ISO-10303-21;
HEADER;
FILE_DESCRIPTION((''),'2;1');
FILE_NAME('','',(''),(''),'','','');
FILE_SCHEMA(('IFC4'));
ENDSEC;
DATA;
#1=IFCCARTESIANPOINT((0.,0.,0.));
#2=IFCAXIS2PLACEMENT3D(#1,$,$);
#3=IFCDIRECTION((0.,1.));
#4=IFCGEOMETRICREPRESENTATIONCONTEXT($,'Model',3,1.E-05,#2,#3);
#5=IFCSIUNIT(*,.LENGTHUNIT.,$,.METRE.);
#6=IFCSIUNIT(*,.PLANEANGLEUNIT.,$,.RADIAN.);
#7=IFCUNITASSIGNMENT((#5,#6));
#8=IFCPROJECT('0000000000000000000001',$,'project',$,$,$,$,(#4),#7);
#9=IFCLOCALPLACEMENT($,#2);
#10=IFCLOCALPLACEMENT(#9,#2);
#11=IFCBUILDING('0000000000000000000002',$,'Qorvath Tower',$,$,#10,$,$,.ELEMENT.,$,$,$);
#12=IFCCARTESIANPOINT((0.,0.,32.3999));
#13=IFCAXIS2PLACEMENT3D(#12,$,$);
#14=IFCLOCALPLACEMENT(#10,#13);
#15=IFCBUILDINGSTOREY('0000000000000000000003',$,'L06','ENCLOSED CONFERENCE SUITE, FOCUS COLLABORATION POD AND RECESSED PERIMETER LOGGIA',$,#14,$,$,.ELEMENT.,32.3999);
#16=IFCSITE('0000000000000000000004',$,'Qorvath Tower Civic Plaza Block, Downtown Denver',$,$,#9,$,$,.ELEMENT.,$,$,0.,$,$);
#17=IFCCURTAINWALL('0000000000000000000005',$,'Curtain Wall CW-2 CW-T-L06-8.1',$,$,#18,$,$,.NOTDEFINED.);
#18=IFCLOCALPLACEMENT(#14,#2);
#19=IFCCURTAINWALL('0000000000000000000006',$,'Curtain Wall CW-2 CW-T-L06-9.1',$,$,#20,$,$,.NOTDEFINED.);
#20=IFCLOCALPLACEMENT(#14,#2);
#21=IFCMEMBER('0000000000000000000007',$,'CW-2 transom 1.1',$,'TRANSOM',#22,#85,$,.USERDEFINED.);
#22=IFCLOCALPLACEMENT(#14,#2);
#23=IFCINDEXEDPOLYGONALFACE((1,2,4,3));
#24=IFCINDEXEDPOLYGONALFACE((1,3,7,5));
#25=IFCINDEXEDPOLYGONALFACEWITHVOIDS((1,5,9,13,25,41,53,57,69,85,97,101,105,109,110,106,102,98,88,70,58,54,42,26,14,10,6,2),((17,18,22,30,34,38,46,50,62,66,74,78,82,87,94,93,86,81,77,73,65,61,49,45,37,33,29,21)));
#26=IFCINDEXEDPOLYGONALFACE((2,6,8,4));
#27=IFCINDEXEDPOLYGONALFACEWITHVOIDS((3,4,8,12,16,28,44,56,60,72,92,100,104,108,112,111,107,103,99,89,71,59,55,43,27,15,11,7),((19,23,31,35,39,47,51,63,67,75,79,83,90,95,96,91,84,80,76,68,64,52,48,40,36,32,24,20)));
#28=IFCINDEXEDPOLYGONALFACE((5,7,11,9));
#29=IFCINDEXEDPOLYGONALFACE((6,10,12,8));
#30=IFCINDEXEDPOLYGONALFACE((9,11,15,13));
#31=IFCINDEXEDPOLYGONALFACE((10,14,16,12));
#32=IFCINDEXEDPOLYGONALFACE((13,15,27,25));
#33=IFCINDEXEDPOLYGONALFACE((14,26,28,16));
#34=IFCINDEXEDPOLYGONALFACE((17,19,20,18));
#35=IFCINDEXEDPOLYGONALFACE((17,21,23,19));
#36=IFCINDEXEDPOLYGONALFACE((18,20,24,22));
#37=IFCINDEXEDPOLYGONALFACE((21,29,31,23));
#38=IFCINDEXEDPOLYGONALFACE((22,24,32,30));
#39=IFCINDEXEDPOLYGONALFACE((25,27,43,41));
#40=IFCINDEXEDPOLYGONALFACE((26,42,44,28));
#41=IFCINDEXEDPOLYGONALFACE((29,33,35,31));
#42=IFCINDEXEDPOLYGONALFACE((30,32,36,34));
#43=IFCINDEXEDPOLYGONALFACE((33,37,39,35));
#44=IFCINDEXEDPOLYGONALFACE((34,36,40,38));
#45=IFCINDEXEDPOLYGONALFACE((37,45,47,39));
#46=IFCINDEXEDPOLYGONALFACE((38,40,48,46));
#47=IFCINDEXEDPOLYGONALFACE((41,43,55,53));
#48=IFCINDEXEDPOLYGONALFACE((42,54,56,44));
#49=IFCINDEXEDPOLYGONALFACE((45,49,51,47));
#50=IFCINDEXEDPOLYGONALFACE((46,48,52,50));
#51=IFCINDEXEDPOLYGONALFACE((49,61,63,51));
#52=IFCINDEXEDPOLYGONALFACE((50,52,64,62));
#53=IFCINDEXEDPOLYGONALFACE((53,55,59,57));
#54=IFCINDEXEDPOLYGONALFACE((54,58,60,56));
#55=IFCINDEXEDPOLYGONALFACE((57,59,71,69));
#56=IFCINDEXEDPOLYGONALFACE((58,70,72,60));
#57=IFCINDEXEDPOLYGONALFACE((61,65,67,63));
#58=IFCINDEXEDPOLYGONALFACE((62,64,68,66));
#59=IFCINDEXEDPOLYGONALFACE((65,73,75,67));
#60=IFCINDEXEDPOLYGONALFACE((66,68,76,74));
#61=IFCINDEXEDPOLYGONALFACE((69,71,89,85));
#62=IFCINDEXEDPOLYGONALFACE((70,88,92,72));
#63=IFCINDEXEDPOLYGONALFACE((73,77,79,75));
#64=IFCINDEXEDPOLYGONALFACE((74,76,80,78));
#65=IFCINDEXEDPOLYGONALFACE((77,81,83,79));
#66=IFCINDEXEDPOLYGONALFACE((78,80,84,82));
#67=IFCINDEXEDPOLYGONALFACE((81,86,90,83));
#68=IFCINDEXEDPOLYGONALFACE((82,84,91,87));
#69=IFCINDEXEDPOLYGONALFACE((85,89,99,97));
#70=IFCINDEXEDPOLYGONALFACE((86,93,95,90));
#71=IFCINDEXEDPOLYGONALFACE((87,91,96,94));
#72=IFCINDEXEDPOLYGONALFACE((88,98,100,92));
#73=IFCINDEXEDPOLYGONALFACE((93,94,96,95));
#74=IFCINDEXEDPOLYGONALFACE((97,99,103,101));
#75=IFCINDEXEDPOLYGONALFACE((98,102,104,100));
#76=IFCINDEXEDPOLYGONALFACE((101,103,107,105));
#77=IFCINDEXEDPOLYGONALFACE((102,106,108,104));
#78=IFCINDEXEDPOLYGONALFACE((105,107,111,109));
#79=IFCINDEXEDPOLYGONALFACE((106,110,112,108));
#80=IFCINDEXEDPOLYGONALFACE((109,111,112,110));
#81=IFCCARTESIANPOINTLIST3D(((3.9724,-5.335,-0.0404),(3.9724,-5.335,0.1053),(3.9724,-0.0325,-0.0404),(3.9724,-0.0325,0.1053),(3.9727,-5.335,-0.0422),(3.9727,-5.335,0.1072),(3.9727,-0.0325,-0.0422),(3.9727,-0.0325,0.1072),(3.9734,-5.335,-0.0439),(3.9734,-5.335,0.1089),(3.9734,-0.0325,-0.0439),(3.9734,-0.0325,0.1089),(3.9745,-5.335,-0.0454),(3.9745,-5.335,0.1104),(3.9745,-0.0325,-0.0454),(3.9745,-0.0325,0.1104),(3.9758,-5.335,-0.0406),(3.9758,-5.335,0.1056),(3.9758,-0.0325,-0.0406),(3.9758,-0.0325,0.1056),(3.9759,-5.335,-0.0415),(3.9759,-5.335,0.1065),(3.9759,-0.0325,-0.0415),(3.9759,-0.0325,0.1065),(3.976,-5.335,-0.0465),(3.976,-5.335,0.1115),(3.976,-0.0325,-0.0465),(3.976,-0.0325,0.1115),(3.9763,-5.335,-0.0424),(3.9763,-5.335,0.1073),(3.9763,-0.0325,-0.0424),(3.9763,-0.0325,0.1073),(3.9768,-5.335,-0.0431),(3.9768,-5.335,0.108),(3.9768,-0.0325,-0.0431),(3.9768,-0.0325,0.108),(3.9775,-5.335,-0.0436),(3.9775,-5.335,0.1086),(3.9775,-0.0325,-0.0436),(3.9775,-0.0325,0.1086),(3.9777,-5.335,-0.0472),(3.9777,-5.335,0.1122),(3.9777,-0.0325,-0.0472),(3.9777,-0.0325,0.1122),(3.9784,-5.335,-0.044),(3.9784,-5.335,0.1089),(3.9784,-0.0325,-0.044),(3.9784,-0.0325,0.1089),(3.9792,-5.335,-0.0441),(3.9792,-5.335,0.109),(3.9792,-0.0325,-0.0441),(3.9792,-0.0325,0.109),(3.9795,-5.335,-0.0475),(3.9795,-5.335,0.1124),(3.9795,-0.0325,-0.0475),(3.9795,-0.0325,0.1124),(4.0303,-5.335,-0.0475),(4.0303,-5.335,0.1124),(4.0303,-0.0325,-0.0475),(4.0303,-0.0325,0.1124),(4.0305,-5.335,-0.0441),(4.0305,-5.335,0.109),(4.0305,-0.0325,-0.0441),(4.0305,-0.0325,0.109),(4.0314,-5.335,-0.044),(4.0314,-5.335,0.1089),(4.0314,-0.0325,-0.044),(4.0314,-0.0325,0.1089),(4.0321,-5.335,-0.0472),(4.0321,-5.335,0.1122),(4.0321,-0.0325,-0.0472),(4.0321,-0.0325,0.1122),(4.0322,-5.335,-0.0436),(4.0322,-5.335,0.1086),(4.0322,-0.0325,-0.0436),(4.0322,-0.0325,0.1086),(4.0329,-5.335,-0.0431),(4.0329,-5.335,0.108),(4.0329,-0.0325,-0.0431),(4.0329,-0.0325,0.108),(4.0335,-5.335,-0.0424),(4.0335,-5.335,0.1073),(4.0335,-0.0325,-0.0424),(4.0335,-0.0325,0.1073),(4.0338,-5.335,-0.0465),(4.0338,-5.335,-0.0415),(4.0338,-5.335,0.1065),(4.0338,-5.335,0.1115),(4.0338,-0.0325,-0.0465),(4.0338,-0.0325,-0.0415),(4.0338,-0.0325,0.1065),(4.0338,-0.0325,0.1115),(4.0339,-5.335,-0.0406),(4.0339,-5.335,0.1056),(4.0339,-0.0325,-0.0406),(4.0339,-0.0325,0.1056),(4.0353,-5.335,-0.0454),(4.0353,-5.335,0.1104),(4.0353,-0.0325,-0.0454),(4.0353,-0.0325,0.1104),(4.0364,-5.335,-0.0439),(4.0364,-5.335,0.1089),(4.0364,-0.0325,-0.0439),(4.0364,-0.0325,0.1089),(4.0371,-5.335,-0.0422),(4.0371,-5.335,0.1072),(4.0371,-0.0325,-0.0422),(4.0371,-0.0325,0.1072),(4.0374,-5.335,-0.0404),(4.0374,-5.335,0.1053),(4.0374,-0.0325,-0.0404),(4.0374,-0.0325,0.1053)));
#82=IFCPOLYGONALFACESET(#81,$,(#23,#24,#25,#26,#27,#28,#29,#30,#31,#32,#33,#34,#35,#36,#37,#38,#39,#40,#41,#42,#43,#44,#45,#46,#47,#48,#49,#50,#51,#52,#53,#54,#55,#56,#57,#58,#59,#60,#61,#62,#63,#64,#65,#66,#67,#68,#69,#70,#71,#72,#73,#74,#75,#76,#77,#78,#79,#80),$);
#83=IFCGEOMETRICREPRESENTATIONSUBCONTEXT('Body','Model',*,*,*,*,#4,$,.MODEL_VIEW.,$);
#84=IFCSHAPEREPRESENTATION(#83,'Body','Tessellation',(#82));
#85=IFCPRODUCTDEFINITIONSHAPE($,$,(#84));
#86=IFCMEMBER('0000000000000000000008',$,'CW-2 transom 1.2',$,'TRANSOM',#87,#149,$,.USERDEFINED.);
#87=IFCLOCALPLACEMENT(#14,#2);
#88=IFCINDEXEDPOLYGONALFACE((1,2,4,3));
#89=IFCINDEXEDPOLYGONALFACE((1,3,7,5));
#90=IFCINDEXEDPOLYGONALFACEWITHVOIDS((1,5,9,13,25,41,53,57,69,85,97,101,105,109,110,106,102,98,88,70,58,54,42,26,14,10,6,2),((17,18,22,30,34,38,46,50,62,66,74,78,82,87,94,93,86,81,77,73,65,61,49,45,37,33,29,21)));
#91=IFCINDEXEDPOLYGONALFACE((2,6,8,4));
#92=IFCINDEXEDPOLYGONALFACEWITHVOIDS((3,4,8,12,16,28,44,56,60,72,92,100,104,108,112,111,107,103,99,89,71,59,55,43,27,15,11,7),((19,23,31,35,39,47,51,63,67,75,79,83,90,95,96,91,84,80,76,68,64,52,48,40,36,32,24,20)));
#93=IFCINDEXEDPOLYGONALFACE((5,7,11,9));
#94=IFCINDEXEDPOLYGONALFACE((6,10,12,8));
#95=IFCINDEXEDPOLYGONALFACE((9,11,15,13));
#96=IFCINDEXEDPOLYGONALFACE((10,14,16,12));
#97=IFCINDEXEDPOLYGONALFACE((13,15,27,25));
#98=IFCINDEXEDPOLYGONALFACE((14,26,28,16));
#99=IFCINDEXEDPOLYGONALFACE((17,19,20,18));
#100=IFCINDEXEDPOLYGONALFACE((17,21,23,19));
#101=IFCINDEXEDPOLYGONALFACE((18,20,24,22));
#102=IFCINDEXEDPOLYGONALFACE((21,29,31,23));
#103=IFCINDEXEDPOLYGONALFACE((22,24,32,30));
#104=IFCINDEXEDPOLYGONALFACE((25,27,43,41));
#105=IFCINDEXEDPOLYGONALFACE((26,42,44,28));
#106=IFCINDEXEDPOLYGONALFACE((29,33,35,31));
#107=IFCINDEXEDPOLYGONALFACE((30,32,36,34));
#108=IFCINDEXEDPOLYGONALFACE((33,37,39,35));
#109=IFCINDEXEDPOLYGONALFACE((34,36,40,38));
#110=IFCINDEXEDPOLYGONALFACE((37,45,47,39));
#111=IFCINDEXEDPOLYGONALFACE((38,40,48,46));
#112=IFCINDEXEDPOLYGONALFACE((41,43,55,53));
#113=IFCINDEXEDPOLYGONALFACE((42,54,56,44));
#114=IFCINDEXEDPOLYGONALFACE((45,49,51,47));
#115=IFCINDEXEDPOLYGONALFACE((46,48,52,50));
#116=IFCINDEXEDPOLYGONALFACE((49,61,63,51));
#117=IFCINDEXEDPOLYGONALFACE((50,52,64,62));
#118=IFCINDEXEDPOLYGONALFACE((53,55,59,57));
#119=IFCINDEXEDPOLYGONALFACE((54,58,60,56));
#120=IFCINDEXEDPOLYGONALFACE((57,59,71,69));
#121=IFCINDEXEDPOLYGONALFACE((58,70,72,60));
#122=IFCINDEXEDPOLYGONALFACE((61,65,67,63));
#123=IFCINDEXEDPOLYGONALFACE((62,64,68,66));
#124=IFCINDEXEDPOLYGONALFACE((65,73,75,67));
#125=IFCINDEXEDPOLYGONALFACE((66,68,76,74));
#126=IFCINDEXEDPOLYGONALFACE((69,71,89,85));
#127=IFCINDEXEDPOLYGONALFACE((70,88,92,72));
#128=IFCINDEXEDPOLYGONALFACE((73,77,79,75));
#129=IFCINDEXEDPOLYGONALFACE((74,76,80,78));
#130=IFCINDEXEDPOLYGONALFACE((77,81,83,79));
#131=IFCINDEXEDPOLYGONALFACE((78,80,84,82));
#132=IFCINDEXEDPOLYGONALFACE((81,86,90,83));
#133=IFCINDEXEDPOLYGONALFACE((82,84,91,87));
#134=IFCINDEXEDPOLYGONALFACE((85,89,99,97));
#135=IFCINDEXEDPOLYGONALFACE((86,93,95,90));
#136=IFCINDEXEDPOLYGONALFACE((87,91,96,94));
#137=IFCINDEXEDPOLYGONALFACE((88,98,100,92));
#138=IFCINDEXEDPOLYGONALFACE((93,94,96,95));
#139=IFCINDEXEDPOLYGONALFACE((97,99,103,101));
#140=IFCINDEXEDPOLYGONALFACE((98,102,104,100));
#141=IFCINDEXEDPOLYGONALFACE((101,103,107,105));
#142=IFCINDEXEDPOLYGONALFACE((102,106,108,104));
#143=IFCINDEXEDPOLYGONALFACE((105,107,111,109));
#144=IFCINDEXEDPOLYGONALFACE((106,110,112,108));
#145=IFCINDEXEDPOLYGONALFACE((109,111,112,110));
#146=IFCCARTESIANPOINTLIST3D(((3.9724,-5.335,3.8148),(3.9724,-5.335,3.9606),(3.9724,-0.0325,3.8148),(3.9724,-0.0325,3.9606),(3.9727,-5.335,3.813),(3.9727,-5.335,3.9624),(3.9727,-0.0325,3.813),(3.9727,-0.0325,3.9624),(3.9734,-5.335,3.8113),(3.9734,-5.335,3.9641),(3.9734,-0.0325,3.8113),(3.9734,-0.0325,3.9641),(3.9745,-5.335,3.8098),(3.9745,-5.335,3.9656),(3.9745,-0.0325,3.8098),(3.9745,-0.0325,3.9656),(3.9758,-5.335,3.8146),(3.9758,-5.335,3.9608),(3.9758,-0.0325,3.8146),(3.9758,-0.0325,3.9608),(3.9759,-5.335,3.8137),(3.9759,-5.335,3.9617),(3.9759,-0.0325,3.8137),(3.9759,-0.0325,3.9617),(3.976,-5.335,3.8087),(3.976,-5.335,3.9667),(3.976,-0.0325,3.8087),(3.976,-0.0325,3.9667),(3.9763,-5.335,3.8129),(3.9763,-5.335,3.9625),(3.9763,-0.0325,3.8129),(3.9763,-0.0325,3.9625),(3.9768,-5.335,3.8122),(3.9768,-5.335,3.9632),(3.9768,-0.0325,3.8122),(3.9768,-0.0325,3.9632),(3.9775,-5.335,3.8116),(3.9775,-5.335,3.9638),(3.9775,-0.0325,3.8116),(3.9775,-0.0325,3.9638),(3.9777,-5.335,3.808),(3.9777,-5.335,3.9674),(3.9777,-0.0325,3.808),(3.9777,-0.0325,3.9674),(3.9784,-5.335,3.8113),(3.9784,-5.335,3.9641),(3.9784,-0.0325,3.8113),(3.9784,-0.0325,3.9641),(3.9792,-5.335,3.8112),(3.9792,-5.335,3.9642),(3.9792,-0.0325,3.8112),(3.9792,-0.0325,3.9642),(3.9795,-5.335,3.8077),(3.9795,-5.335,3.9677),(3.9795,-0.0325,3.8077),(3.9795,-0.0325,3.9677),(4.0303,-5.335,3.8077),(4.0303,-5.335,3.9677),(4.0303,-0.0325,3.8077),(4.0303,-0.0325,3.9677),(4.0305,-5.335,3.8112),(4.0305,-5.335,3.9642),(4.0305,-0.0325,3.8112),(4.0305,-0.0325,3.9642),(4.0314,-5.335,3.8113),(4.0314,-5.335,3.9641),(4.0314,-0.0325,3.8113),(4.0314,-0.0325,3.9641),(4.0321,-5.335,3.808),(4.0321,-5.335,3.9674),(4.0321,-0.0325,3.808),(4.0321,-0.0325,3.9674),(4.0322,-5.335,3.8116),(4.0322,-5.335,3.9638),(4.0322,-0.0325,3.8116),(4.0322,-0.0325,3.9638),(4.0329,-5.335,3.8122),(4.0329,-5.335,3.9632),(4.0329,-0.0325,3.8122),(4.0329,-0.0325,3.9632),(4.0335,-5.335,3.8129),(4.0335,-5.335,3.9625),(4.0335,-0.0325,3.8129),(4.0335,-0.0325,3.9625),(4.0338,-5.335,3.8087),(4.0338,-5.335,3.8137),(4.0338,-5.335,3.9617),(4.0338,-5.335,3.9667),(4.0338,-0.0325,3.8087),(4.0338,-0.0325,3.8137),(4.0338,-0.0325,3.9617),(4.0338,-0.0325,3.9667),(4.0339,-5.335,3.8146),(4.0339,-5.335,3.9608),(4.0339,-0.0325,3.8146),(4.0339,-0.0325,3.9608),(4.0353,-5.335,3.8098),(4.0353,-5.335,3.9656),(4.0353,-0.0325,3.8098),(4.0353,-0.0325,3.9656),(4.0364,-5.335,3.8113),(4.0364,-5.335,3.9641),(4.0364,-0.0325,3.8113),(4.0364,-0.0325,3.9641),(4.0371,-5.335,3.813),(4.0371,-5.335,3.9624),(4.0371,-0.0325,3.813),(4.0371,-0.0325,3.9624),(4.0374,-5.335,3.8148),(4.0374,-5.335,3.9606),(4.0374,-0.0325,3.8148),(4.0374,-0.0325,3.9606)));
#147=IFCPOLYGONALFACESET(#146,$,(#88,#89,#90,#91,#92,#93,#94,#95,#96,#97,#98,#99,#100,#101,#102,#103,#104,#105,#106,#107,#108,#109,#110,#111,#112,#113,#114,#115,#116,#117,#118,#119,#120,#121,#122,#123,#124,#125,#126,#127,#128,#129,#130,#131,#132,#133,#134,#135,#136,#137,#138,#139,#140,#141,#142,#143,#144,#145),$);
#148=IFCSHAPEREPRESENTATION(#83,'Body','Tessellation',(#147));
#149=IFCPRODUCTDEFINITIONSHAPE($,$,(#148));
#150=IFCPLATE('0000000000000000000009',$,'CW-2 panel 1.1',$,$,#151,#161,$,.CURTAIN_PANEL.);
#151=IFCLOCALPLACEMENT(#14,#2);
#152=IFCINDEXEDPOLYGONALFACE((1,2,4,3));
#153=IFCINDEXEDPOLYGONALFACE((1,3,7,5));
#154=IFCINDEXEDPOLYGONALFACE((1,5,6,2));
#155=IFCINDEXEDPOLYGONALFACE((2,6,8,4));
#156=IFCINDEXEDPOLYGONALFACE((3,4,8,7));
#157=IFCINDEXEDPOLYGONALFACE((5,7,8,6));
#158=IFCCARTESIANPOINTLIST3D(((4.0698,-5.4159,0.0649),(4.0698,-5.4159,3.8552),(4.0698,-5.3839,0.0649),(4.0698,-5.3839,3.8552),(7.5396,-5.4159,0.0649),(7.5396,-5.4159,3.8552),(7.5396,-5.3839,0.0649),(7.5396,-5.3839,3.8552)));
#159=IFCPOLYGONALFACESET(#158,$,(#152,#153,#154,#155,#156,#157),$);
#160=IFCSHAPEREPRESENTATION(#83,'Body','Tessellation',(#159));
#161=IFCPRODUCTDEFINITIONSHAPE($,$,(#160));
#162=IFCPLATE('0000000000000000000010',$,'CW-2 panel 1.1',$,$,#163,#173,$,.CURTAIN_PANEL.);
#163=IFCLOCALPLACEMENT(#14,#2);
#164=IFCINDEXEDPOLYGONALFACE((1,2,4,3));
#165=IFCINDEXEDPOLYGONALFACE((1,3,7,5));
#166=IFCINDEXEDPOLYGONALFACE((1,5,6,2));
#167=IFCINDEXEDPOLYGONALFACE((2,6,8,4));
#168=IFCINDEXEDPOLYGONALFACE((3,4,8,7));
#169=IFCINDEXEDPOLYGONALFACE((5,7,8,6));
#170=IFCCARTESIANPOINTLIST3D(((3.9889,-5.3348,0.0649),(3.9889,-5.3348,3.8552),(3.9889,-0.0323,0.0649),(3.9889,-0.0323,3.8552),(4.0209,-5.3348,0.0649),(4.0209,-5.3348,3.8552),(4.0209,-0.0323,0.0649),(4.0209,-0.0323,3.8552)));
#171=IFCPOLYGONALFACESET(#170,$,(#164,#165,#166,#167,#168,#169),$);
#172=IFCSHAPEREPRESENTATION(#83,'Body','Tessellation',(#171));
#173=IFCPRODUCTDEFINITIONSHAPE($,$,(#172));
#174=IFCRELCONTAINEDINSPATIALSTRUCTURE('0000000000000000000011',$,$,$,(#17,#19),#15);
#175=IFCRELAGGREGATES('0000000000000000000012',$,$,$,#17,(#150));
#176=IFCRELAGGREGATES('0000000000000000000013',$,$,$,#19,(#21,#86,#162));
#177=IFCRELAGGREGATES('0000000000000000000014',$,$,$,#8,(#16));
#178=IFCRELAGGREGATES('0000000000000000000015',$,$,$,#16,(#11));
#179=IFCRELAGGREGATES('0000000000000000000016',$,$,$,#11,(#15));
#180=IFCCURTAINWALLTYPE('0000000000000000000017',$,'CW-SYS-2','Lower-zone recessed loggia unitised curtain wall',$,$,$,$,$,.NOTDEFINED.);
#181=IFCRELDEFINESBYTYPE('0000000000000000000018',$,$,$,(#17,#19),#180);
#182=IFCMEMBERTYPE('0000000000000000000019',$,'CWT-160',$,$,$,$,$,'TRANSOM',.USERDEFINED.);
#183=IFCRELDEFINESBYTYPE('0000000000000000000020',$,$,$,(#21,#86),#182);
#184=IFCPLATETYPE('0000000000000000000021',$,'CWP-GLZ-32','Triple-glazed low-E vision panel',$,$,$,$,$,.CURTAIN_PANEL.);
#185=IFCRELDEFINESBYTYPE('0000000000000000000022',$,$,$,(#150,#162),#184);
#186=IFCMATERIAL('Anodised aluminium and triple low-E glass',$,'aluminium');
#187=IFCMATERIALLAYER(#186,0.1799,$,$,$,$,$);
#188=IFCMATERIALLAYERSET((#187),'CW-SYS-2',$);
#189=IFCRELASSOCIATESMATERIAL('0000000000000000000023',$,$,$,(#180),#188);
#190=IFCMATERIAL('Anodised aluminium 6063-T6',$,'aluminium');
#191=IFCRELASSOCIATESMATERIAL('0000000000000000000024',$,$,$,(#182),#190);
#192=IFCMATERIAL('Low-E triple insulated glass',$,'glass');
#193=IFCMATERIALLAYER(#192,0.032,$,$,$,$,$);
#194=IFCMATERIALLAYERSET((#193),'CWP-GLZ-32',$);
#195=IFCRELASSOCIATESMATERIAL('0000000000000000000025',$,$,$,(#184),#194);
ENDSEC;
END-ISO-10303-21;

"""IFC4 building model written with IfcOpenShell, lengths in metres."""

from ifc_helpers import new_model, si_unit, direction, frame, origin, origin_2d, place, context, subcontext, project, spatial, rectangle, hollow_rectangle, extrude, material, layer, layer_set, material_profile, profile_set, type_object, element, aggregate, save


model = new_model("IFC4")

# Units and contexts
model_context = context("Model", 3, precision=1e-05, world=origin(), true_north=direction((0.0, 1.0)))
body_context = subcontext(model_context, "Body", "Model", "MODEL_VIEW")
ifc_project = project(units=[si_unit("LENGTHUNIT", "METRE"), si_unit("PLANEANGLEUNIT", "RADIAN")], contexts=[model_context])

# Site, building, storey
site_placement = place(None, origin())
site = spatial("IfcSite", under=ifc_project, at=site_placement, Name="Qorvath Tower Civic Plaza Block, Downtown Denver", CompositionType="ELEMENT", RefElevation=0.0)
building_placement = place(site_placement, origin())
building = spatial("IfcBuilding", under=site, at=building_placement, Name="Qorvath Tower", CompositionType="ELEMENT")
storey_placement = place(building_placement, frame((0.0, 0.0, 32.3999)))
storey = spatial("IfcBuildingStorey", under=building, at=storey_placement, Name="L06", Description="ENCLOSED CONFERENCE SUITE, FOCUS COLLABORATION POD AND RECESSED PERIMETER LOGGIA", CompositionType="ELEMENT", Elevation=32.3999)

# Shared definitions
ifc_material_1 = material(Name="Anodised aluminium and triple low-E glass", Category="aluminium")
ifc_layer_1 = layer(ifc_material_1, 0.1799)
ifc_layer_set_1 = layer_set([ifc_layer_1], Name="CW-SYS-2")
curtain_wall_type = type_object("IfcCurtainWallType", Name="CW-SYS-2", Description="Lower-zone recessed loggia unitised curtain wall", PredefinedType="NOTDEFINED", material=ifc_layer_set_1)

# Curtain wall
curtain_wall_1_placement = place(storey_placement, origin())
curtain_wall_1 = element("IfcCurtainWall", 1, at=curtain_wall_1_placement, inside=storey, type_object=curtain_wall_type, Name="Curtain Wall CW-2 CW-T-L06-8.1", PredefinedType="NOTDEFINED")

# Curtain wall
curtain_wall_2_placement = place(storey_placement, origin())
curtain_wall_2 = element("IfcCurtainWall", 2, at=curtain_wall_2_placement, inside=storey, type_object=curtain_wall_type, Name="Curtain Wall CW-2 CW-T-L06-9.1", PredefinedType="NOTDEFINED")

# Members
ifc_material_2 = material(Name="Anodised aluminium 6063-T6", Category="aluminium")
ifc_material_profile_1 = material_profile(ifc_material_2, hollow_rectangle(XDim=0.0649, YDim=0.1599, WallThickness=0.0034, InnerFilletRadius=0.0034, OuterFilletRadius=0.0071, at=origin_2d()), Name="CWT 160x65")
ifc_profile_set_1 = profile_set([ifc_material_profile_1], Name="Anodised aluminium 6063-T6")
member_type_1 = type_object("IfcMemberType", Name="CWT-160", ElementType="TRANSOM", PredefinedType="USERDEFINED", material=ifc_profile_set_1)
member_1_placement = place(storey_placement, frame((4.0049, -5.335, 0.0325), z_axis=(0.0, 1.0, 0.0), x_axis=(-1.0, 0.0, 0.0)))
member_1 = element("IfcMember", 3, at=member_1_placement, type_object=member_type_1, Name="CW-2 transom 1.1", ObjectType="TRANSOM", PredefinedType="USERDEFINED", context=body_context, shape_type="SweptSolid", body=[
    extrude(hollow_rectangle(XDim=0.0649, YDim=0.1599, WallThickness=0.0034, InnerFilletRadius=0.0034, OuterFilletRadius=0.0071, at=origin_2d()), origin(), (0.0, 0.0, 1.0), 5.3025),
])
member_2_placement = place(storey_placement, frame((4.0049, -5.335, 3.8877), z_axis=(0.0, 1.0, 0.0), x_axis=(-1.0, 0.0, 0.0)))
member_2 = element("IfcMember", 4, at=member_2_placement, type_object=member_type_1, Name="CW-2 transom 1.2", ObjectType="TRANSOM", PredefinedType="USERDEFINED", context=body_context, shape_type="SweptSolid", body=[
    extrude(hollow_rectangle(XDim=0.0649, YDim=0.1599, WallThickness=0.0034, InnerFilletRadius=0.0034, OuterFilletRadius=0.0071, at=origin_2d()), origin(), (0.0, 0.0, 1.0), 5.3025),
])

# Plates
ifc_material_3 = material(Name="Low-E triple insulated glass", Category="glass")
ifc_layer_2 = layer(ifc_material_3, 0.032)
ifc_layer_set_2 = layer_set([ifc_layer_2], Name="CWP-GLZ-32")
plate_type = type_object("IfcPlateType", Name="CWP-GLZ-32", Description="Triple-glazed low-E vision panel", PredefinedType="CURTAIN_PANEL", material=ifc_layer_set_2)
plate_1_placement = place(storey_placement, frame((5.8047, -5.3999, 0.0649), z_axis=(0.0, 0.0, 1.0), x_axis=(-1.0, 0.0, 0.0)))
plate_1 = element("IfcPlate", 5, at=plate_1_placement, type_object=plate_type, Name="CW-2 panel 1.1", PredefinedType="CURTAIN_PANEL", context=body_context, shape_type="SweptSolid", body=[
    extrude(rectangle(XDim=3.4697, YDim=0.032, at=origin_2d()), origin(), (0.0, 0.0, 1.0), 3.7903),
])
aggregate(curtain_wall_1, [plate_1])
plate_2_placement = place(storey_placement, frame((4.0049, -2.6836, 0.0649), z_axis=(0.0, 0.0, 1.0), x_axis=(0.0, 1.0, 0.0)))
plate_2 = element("IfcPlate", 6, at=plate_2_placement, type_object=plate_type, Name="CW-2 panel 1.1", PredefinedType="CURTAIN_PANEL", context=body_context, shape_type="SweptSolid", body=[
    extrude(rectangle(XDim=5.3025, YDim=0.032, at=origin_2d()), origin(), (0.0, 0.0, 1.0), 3.7903),
])
aggregate(curtain_wall_2, [member_1, member_2, plate_2])

save(model, "model.ifc")
